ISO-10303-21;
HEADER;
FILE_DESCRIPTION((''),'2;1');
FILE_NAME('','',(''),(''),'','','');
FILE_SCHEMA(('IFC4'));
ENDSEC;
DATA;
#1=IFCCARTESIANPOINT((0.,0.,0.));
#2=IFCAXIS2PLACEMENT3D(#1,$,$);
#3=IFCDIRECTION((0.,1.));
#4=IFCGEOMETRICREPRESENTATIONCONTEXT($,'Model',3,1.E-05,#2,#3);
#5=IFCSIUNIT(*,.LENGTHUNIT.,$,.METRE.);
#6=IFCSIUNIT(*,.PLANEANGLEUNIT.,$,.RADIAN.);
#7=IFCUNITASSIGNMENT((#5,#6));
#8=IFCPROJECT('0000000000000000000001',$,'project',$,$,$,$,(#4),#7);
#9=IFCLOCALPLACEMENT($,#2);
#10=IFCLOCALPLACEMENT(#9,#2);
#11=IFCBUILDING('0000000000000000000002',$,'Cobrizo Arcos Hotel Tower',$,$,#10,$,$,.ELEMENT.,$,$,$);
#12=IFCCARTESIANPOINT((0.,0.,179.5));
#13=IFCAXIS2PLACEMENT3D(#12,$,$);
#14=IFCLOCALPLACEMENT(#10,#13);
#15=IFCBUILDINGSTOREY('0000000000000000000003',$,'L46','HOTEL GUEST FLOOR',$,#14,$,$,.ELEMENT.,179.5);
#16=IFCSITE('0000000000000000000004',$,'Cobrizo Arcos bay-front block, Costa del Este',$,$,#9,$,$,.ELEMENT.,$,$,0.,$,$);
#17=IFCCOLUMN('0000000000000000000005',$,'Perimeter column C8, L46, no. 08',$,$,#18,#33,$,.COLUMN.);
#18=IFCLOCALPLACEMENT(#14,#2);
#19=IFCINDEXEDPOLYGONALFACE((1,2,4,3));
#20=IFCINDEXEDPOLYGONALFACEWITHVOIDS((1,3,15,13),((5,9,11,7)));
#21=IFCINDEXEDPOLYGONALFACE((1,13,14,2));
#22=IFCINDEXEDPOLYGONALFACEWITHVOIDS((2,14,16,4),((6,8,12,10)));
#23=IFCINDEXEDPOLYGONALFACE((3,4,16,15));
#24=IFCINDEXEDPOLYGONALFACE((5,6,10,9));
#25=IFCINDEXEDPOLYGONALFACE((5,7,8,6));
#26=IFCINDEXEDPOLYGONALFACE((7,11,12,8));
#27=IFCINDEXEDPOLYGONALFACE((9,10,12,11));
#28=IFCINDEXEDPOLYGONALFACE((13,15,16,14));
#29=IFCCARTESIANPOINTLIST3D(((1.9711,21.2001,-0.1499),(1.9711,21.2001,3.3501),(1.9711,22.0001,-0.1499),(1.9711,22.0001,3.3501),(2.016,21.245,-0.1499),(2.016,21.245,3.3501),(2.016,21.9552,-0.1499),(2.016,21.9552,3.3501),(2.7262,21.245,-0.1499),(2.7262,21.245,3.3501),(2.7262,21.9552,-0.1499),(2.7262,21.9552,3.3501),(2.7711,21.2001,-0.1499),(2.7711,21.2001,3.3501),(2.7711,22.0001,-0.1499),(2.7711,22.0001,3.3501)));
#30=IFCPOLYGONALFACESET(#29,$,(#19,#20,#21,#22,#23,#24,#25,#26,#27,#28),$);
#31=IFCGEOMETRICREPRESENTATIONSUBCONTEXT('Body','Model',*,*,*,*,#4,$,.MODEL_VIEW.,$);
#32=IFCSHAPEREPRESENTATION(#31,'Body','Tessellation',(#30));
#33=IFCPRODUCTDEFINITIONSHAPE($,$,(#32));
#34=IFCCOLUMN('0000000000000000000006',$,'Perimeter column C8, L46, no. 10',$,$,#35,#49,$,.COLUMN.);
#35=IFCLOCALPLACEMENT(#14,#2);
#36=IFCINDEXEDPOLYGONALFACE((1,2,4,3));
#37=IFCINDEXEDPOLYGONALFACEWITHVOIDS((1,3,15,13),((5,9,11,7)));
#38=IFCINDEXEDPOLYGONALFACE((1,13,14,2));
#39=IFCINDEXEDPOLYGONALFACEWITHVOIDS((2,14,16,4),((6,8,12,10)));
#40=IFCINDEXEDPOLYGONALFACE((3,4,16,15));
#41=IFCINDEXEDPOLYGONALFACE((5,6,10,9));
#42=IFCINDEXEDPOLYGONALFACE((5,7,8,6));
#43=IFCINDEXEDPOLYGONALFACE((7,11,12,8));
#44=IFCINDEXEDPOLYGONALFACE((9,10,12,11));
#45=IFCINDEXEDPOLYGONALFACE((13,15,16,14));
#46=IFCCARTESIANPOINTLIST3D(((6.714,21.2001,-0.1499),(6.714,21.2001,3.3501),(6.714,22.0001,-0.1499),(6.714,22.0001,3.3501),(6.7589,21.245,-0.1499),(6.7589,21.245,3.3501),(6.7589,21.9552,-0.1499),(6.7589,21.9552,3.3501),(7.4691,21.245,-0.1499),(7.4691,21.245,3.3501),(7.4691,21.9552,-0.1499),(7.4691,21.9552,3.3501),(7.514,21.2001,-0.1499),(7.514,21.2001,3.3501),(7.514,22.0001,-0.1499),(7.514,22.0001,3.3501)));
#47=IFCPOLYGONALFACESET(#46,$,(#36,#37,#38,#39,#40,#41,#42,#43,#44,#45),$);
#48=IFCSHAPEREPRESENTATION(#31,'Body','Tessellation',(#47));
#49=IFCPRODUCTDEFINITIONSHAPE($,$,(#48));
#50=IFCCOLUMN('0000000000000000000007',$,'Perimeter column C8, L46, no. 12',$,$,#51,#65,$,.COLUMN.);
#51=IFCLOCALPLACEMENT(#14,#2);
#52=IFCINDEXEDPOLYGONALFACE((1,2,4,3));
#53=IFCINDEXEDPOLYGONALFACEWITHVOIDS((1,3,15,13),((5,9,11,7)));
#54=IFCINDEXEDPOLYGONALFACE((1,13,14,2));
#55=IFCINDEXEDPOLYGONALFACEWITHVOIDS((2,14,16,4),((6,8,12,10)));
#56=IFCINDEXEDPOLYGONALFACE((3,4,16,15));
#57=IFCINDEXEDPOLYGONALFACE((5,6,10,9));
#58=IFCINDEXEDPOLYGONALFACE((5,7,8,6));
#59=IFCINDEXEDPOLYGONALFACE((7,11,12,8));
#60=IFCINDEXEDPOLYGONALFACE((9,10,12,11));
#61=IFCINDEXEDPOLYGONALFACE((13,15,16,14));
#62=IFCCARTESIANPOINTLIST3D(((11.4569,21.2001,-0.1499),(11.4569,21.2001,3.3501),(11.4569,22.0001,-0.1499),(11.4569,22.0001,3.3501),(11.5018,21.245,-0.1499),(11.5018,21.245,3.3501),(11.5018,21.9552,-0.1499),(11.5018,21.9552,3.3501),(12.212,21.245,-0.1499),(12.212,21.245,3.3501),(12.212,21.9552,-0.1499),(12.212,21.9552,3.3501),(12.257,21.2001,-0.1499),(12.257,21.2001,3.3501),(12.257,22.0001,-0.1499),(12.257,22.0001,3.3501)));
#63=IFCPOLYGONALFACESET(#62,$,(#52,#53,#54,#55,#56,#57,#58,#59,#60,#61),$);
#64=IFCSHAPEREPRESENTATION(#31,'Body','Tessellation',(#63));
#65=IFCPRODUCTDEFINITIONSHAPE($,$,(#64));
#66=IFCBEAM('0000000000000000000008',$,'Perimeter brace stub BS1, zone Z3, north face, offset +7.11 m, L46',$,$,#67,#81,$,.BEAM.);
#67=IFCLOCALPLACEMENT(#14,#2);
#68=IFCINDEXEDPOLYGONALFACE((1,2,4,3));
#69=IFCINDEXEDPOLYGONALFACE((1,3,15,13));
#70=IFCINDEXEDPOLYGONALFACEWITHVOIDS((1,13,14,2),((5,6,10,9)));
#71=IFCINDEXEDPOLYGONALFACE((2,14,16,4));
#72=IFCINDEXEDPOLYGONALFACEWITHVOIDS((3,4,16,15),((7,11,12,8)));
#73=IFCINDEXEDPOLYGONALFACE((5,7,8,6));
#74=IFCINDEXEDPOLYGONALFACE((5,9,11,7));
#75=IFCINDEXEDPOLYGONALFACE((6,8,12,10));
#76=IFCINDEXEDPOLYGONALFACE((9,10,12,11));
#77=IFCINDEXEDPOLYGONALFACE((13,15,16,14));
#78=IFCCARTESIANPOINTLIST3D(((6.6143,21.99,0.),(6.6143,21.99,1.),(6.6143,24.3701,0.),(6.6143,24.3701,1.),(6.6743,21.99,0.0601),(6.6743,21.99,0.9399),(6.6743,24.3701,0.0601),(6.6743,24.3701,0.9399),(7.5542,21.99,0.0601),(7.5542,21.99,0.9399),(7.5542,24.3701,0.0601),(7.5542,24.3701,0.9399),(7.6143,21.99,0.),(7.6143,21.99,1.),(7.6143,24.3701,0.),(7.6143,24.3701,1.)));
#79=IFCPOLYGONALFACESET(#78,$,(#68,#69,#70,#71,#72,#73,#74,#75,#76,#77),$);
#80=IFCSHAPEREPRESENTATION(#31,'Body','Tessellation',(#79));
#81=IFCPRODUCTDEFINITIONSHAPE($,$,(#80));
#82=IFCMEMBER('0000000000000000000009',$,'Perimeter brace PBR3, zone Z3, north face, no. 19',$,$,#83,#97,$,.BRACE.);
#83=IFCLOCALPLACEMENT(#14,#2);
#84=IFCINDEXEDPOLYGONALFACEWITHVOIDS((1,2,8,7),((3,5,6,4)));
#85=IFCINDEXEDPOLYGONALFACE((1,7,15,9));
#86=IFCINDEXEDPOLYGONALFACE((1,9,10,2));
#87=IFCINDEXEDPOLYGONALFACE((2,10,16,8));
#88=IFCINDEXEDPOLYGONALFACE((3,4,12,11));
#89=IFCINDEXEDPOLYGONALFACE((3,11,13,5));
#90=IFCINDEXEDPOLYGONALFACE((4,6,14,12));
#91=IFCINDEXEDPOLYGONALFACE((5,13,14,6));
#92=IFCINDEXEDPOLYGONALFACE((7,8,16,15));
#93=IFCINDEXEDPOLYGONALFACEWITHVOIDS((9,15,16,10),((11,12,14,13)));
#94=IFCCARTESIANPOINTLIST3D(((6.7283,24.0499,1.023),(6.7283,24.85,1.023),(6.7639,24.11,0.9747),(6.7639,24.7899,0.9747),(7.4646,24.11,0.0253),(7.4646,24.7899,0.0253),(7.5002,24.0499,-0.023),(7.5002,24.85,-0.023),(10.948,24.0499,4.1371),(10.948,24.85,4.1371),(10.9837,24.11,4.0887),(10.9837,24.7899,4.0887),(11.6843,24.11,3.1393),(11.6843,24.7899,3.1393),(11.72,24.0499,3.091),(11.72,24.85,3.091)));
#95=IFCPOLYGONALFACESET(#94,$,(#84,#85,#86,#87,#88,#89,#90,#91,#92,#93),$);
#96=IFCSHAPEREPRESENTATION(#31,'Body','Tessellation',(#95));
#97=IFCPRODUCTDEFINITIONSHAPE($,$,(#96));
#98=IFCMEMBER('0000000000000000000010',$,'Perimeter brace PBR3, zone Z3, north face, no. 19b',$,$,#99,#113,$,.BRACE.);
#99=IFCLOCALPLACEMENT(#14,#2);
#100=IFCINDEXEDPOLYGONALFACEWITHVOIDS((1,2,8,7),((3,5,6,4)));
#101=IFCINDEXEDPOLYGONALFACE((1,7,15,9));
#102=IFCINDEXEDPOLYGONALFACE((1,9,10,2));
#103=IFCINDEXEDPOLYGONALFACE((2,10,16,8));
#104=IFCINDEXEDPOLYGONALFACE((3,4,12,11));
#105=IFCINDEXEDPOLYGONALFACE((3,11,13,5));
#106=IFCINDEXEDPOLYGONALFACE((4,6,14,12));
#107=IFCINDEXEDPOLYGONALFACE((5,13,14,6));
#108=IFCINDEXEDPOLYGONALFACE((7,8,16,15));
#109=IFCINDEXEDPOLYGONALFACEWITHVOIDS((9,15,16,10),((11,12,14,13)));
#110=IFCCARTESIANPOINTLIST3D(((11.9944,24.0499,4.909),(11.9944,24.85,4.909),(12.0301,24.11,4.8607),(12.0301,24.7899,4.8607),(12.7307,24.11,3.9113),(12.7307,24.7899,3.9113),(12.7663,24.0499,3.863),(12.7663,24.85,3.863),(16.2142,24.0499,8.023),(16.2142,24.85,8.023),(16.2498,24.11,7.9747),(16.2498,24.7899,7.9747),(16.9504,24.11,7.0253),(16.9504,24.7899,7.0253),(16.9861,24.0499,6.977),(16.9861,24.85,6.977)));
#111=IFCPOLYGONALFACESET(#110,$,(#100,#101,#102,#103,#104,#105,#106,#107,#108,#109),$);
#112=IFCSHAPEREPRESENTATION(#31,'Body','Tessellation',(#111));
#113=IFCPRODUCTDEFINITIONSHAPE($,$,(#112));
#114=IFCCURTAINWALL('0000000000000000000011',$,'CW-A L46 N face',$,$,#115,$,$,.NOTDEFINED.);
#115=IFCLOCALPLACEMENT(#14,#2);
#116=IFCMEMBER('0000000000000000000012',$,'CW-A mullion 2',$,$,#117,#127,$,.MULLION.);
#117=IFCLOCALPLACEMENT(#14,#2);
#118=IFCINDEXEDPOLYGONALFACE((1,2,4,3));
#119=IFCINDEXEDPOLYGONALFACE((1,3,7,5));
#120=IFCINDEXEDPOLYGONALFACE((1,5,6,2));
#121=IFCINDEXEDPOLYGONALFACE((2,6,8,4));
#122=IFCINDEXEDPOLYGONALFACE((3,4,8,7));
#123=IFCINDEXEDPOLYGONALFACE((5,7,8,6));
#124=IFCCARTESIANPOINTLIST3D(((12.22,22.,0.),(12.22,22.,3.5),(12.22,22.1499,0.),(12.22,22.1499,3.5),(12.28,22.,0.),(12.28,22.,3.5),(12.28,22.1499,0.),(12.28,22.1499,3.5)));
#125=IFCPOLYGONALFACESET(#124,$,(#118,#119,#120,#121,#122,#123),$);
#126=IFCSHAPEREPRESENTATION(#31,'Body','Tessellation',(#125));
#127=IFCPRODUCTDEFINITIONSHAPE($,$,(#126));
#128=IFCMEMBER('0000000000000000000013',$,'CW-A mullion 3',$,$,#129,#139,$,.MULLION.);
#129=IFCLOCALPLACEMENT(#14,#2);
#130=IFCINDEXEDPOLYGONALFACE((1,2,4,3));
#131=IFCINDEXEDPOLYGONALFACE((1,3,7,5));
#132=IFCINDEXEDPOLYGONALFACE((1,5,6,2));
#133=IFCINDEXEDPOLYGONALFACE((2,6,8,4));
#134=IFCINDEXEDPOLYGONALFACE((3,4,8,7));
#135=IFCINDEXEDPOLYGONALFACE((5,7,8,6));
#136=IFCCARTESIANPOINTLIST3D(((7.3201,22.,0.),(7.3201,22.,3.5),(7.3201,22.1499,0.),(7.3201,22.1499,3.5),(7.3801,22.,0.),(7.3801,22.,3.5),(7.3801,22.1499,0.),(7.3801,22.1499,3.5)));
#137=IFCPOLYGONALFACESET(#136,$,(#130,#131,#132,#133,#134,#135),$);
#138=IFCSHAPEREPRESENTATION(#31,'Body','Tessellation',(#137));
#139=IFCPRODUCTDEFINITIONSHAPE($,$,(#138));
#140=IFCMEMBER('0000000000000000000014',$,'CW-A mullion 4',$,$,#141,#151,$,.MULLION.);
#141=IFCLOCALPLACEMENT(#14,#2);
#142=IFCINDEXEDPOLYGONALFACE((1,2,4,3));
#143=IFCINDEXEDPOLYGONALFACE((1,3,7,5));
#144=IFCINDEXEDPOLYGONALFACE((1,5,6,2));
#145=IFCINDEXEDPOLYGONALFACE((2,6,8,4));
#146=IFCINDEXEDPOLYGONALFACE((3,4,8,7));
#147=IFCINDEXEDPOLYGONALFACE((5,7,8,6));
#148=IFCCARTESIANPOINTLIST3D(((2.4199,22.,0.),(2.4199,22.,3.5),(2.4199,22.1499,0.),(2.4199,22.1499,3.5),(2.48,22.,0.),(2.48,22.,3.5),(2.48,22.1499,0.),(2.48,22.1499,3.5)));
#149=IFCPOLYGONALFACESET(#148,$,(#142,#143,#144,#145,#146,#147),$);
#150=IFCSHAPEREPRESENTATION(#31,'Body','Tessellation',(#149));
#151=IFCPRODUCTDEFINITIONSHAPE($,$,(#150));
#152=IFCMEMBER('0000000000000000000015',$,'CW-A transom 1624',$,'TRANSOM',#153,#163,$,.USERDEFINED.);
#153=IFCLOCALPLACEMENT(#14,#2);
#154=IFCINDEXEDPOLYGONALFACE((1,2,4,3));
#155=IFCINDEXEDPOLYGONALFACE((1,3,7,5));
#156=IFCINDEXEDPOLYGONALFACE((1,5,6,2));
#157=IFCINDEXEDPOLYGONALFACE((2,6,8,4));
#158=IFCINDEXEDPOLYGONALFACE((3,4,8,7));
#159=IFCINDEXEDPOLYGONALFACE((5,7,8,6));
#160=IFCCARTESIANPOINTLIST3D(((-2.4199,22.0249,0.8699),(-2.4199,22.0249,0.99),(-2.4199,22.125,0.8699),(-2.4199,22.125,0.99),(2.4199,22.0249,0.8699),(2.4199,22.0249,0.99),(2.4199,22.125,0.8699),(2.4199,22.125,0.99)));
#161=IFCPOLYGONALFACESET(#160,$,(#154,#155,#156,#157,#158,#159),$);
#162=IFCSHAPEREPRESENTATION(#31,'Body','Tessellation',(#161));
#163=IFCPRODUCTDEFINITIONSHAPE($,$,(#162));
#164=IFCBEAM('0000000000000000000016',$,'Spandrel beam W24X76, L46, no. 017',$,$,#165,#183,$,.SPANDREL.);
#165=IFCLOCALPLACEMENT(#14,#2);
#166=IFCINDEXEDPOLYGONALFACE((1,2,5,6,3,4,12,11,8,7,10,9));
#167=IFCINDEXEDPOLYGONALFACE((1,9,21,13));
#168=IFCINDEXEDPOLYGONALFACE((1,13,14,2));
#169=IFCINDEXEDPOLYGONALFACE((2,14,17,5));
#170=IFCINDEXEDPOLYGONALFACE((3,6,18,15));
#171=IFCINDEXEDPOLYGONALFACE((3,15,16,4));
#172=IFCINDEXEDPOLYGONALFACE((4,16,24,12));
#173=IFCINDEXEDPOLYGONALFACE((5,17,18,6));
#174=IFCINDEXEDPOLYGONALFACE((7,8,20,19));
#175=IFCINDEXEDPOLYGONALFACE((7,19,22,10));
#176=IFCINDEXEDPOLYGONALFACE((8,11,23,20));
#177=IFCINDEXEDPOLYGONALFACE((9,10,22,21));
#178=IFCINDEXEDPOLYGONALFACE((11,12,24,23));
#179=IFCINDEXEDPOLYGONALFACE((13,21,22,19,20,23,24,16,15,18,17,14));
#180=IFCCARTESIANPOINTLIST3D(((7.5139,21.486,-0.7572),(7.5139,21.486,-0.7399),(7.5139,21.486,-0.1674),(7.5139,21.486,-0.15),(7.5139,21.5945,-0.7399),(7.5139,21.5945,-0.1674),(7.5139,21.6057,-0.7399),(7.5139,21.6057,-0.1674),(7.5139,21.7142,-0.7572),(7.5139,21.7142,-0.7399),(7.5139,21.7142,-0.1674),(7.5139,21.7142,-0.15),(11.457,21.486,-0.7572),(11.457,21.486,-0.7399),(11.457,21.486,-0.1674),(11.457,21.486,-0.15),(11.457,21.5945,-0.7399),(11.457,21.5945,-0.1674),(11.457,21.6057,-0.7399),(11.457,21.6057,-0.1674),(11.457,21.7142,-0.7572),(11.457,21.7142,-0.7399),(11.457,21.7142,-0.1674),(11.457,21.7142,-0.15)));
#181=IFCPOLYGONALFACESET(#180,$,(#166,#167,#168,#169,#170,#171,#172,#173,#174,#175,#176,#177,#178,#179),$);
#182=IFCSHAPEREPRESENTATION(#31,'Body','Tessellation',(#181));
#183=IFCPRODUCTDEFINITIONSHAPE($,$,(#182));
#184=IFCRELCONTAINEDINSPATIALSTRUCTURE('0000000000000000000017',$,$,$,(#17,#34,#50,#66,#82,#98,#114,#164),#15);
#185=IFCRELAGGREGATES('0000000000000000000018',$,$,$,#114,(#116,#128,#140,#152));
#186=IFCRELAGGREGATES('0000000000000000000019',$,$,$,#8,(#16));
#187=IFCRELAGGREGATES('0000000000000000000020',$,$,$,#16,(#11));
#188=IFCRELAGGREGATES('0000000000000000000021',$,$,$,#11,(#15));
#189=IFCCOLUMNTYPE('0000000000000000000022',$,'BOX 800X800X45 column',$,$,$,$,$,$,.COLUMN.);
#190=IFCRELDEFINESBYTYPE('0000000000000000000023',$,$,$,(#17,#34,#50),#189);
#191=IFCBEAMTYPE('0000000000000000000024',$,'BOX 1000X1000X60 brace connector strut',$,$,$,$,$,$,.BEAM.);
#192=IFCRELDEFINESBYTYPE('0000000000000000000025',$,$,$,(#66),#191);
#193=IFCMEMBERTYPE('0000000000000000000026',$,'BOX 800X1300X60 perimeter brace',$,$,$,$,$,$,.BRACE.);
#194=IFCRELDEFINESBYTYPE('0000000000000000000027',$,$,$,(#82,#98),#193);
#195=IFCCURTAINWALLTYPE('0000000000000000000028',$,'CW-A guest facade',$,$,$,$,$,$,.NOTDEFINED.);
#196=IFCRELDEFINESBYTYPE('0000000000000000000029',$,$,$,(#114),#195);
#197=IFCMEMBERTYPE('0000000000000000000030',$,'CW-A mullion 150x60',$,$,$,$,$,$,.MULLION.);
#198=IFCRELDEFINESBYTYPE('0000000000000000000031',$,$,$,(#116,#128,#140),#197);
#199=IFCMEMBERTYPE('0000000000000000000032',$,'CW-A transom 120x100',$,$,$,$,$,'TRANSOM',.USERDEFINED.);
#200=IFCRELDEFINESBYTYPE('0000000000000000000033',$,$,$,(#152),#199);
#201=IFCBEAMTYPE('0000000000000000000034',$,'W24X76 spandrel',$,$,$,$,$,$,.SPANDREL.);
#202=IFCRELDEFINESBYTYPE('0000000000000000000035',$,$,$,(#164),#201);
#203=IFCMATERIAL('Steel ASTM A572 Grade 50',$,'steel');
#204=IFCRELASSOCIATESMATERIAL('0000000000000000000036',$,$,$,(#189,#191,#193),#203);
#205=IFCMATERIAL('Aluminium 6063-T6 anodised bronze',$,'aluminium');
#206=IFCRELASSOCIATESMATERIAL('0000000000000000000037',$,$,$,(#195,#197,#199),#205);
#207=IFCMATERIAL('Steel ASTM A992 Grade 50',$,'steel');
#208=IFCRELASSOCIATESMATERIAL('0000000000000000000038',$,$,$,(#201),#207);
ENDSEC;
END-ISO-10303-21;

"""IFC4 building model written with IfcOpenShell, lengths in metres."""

from ifc_helpers import new_model, si_unit, direction, frame, origin, origin_2d, place, context, subcontext, project, spatial, rectangle, hollow_rectangle, i_section, extrude, material, material_profile, profile_set, type_object, element, aggregate, save


model = new_model("IFC4")

# Units and contexts
model_context = context("Model", 3, precision=1e-05, world=origin(), true_north=direction((0.0, 1.0)))
body_context = subcontext(model_context, "Body", "Model", "MODEL_VIEW")
ifc_project = project(units=[si_unit("LENGTHUNIT", "METRE"), si_unit("PLANEANGLEUNIT", "RADIAN")], contexts=[model_context])

# Site, building, storey
site_placement = place(None, origin())
site = spatial("IfcSite", under=ifc_project, at=site_placement, Name="Cobrizo Arcos bay-front block, Costa del Este", CompositionType="ELEMENT", RefElevation=0.0)
building_placement = place(site_placement, origin())
building = spatial("IfcBuilding", under=site, at=building_placement, Name="Cobrizo Arcos Hotel Tower", CompositionType="ELEMENT")
storey_placement = place(building_placement, frame((0.0, 0.0, 179.5)))
storey = spatial("IfcBuildingStorey", under=building, at=storey_placement, Name="L46", Description="HOTEL GUEST FLOOR", CompositionType="ELEMENT", Elevation=179.5)

# Columns
ifc_material_1 = material(Name="Steel ASTM A572 Grade 50", Category="steel")
ifc_material_profile_1 = material_profile(ifc_material_1, hollow_rectangle(XDim=0.8, YDim=0.8, WallThickness=0.0449, at=origin_2d()), Name="BOX 800X800X45")
ifc_profile_set_1 = profile_set([ifc_material_profile_1], Name="Steel ASTM A572 Grade 50")
column_type = type_object("IfcColumnType", Name="BOX 800X800X45 column", PredefinedType="COLUMN", material=ifc_profile_set_1)
for number, where, z_axis, x_axis, name in (
    (1, (2.3711, 21.6001, -0.1499), (0.0, 0.0, 1.0), (1.0, 0.0, 0.0), "Perimeter column C8, L46, no. 08"),
    (2, (7.114, 21.6001, -0.1499), (0.0, 0.0, 1.0), (1.0, 0.0, 0.0), "Perimeter column C8, L46, no. 10"),
    (3, (11.8569, 21.6001, -0.1499), (0.0, 0.0, 1.0), (1.0, 0.0, 0.0), "Perimeter column C8, L46, no. 12"),
):
    element("IfcColumn", number, at=place(storey_placement, frame(where, z_axis=z_axis, x_axis=x_axis)), inside=storey, type_object=column_type, Name=name, PredefinedType="COLUMN", context=body_context, shape_type="SweptSolid", body=[
        extrude(hollow_rectangle(XDim=0.8, YDim=0.8, WallThickness=0.0449, at=origin_2d()), origin(), (0.0, 0.0, 1.0), 3.5),
    ])

# Beam
ifc_material_profile_2 = material_profile(ifc_material_1, hollow_rectangle(XDim=1.0, YDim=1.0, WallThickness=0.0601, at=origin_2d()), Name="BOX 1000X1000X60")
ifc_profile_set_2 = profile_set([ifc_material_profile_2], Name="Steel ASTM A572 Grade 50")
beam_type_1 = type_object("IfcBeamType", Name="BOX 1000X1000X60 brace connector strut", PredefinedType="BEAM", material=ifc_profile_set_2)
beam_1_placement = place(storey_placement, frame((7.1143, 21.99, 0.5), z_axis=(0.0, 1.0, 0.0), x_axis=(-1.0, 0.0, 0.0)))
element("IfcBeam", 4, at=beam_1_placement, inside=storey, type_object=beam_type_1, Name="Perimeter brace stub BS1, zone Z3, north face, offset +7.11 m, L46", PredefinedType="BEAM", context=body_context, shape_type="SweptSolid", body=[
    extrude(hollow_rectangle(XDim=1.0, YDim=1.0, WallThickness=0.0601, at=origin_2d()), origin(), (0.0, 0.0, 1.0), 2.3801),
])

# Members
ifc_material_profile_3 = material_profile(ifc_material_1, hollow_rectangle(XDim=0.8, YDim=1.3, WallThickness=0.0601, at=origin_2d()), Name="BOX 800X1300X60")
ifc_profile_set_3 = profile_set([ifc_material_profile_3], Name="Steel ASTM A572 Grade 50")
member_type_1 = type_object("IfcMemberType", Name="BOX 800X1300X60 perimeter brace", PredefinedType="BRACE", material=ifc_profile_set_3)
for number, where, z_axis, x_axis, name in (
    (5, (7.1143, 24.45, 0.5), (0.804624, 0.0, 0.593785), (0.0, 1.0, 0.0), "Perimeter brace PBR3, zone Z3, north face, no. 19"),
    (6, (12.3804, 24.45, 4.386), (0.804624, 0.0, 0.593785), (0.0, 1.0, 0.0), "Perimeter brace PBR3, zone Z3, north face, no. 19b"),
):
    element("IfcMember", number, at=place(storey_placement, frame(where, z_axis=z_axis, x_axis=x_axis)), inside=storey, type_object=member_type_1, Name=name, PredefinedType="BRACE", context=body_context, shape_type="SweptSolid", body=[
        extrude(hollow_rectangle(XDim=0.8, YDim=1.3, WallThickness=0.0601, at=origin_2d()), origin(), (0.0, 0.0, 1.0), 5.2444),
    ])

# Curtain wall, members
ifc_material_2 = material(Name="Aluminium 6063-T6 anodised bronze", Category="aluminium")
curtain_wall_type = type_object("IfcCurtainWallType", Name="CW-A guest facade", PredefinedType="NOTDEFINED", material=ifc_material_2)
curtain_wall_placement = place(storey_placement, origin())
curtain_wall = element("IfcCurtainWall", 7, at=curtain_wall_placement, inside=storey, type_object=curtain_wall_type, Name="CW-A L46 N face", PredefinedType="NOTDEFINED")
ifc_material_profile_4 = material_profile(ifc_material_2, rectangle(XDim=0.1499, YDim=0.0601, at=origin_2d()), Name="CW-A mullion 150x60")
ifc_profile_set_4 = profile_set([ifc_material_profile_4], Name="Aluminium 6063-T6 anodised bronze")
member_type_2 = type_object("IfcMemberType", Name="CW-A mullion 150x60", PredefinedType="MULLION", material=ifc_profile_set_4)
member_1_placement = place(storey_placement, frame((12.25, 22.075, 0.0), z_axis=(0.0, 0.0, 1.0), x_axis=(0.0, 1.0, 0.0)))
member_1 = element("IfcMember", 8, at=member_1_placement, type_object=member_type_2, Name="CW-A mullion 2", PredefinedType="MULLION", context=body_context, shape_type="SweptSolid", body=[
    extrude(rectangle(XDim=0.1499, YDim=0.0601, at=origin_2d()), origin(), (0.0, 0.0, 1.0), 3.5),
])
member_2_placement = place(storey_placement, frame((7.3501, 22.075, 0.0), z_axis=(0.0, 0.0, 1.0), x_axis=(0.0, 1.0, 0.0)))
member_2 = element("IfcMember", 9, at=member_2_placement, type_object=member_type_2, Name="CW-A mullion 3", PredefinedType="MULLION", context=body_context, shape_type="SweptSolid", body=[
    extrude(rectangle(XDim=0.1499, YDim=0.0601, at=origin_2d()), origin(), (0.0, 0.0, 1.0), 3.5),
])
member_3_placement = place(storey_placement, frame((2.45, 22.075, 0.0), z_axis=(0.0, 0.0, 1.0), x_axis=(0.0, 1.0, 0.0)))
member_3 = element("IfcMember", 10, at=member_3_placement, type_object=member_type_2, Name="CW-A mullion 4", PredefinedType="MULLION", context=body_context, shape_type="SweptSolid", body=[
    extrude(rectangle(XDim=0.1499, YDim=0.0601, at=origin_2d()), origin(), (0.0, 0.0, 1.0), 3.5),
])
ifc_material_profile_5 = material_profile(ifc_material_2, rectangle(XDim=0.1001, YDim=0.1201, at=origin_2d()), Name="CW-A transom 120x100")
ifc_profile_set_5 = profile_set([ifc_material_profile_5], Name="Aluminium 6063-T6 anodised bronze")
member_type_3 = type_object("IfcMemberType", Name="CW-A transom 120x100", ElementType="TRANSOM", PredefinedType="USERDEFINED", material=ifc_profile_set_5)
member_4_placement = place(storey_placement, frame((2.4199, 22.075, 0.9299), z_axis=(-1.0, 0.0, 0.0), x_axis=(0.0, -1.0, 0.0)))
member_4 = element("IfcMember", 11, at=member_4_placement, type_object=member_type_3, Name="CW-A transom 1624", ObjectType="TRANSOM", PredefinedType="USERDEFINED", context=body_context, shape_type="SweptSolid", body=[
    extrude(rectangle(XDim=0.1001, YDim=0.1201, at=origin_2d()), origin(), (0.0, 0.0, 1.0), 4.8398),
])

# Beam
ifc_material_3 = material(Name="Steel ASTM A992 Grade 50", Category="steel")
ifc_material_profile_6 = material_profile(ifc_material_3, i_section(OverallWidth=0.2283, OverallDepth=0.6072, WebThickness=0.0112, FlangeThickness=0.0173, at=origin_2d()), Name="W24X76")
ifc_profile_set_6 = profile_set([ifc_material_profile_6], Name="Steel ASTM A992 Grade 50")
beam_type_2 = type_object("IfcBeamType", Name="W24X76 spandrel", PredefinedType="SPANDREL", material=ifc_profile_set_6)
for number, where, z_axis, x_axis, name in (
    (12, (11.457, 21.6001, -0.4536), (-1.0, 0.0, 0.0), (0.0, -1.0, 0.0), "Spandrel beam W24X76, L46, no. 017"),
):
    element("IfcBeam", number, at=place(storey_placement, frame(where, z_axis=z_axis, x_axis=x_axis)), inside=storey, type_object=beam_type_2, Name=name, PredefinedType="SPANDREL", context=body_context, shape_type="SweptSolid", body=[
        extrude(i_section(OverallWidth=0.2283, OverallDepth=0.6072, WebThickness=0.0112, FlangeThickness=0.0173, at=origin_2d()), origin(), (0.0, 0.0, 1.0), 3.9431),
    ])

aggregate(curtain_wall, [member_1, member_2, member_3, member_4])

save(model, "model.ifc")
